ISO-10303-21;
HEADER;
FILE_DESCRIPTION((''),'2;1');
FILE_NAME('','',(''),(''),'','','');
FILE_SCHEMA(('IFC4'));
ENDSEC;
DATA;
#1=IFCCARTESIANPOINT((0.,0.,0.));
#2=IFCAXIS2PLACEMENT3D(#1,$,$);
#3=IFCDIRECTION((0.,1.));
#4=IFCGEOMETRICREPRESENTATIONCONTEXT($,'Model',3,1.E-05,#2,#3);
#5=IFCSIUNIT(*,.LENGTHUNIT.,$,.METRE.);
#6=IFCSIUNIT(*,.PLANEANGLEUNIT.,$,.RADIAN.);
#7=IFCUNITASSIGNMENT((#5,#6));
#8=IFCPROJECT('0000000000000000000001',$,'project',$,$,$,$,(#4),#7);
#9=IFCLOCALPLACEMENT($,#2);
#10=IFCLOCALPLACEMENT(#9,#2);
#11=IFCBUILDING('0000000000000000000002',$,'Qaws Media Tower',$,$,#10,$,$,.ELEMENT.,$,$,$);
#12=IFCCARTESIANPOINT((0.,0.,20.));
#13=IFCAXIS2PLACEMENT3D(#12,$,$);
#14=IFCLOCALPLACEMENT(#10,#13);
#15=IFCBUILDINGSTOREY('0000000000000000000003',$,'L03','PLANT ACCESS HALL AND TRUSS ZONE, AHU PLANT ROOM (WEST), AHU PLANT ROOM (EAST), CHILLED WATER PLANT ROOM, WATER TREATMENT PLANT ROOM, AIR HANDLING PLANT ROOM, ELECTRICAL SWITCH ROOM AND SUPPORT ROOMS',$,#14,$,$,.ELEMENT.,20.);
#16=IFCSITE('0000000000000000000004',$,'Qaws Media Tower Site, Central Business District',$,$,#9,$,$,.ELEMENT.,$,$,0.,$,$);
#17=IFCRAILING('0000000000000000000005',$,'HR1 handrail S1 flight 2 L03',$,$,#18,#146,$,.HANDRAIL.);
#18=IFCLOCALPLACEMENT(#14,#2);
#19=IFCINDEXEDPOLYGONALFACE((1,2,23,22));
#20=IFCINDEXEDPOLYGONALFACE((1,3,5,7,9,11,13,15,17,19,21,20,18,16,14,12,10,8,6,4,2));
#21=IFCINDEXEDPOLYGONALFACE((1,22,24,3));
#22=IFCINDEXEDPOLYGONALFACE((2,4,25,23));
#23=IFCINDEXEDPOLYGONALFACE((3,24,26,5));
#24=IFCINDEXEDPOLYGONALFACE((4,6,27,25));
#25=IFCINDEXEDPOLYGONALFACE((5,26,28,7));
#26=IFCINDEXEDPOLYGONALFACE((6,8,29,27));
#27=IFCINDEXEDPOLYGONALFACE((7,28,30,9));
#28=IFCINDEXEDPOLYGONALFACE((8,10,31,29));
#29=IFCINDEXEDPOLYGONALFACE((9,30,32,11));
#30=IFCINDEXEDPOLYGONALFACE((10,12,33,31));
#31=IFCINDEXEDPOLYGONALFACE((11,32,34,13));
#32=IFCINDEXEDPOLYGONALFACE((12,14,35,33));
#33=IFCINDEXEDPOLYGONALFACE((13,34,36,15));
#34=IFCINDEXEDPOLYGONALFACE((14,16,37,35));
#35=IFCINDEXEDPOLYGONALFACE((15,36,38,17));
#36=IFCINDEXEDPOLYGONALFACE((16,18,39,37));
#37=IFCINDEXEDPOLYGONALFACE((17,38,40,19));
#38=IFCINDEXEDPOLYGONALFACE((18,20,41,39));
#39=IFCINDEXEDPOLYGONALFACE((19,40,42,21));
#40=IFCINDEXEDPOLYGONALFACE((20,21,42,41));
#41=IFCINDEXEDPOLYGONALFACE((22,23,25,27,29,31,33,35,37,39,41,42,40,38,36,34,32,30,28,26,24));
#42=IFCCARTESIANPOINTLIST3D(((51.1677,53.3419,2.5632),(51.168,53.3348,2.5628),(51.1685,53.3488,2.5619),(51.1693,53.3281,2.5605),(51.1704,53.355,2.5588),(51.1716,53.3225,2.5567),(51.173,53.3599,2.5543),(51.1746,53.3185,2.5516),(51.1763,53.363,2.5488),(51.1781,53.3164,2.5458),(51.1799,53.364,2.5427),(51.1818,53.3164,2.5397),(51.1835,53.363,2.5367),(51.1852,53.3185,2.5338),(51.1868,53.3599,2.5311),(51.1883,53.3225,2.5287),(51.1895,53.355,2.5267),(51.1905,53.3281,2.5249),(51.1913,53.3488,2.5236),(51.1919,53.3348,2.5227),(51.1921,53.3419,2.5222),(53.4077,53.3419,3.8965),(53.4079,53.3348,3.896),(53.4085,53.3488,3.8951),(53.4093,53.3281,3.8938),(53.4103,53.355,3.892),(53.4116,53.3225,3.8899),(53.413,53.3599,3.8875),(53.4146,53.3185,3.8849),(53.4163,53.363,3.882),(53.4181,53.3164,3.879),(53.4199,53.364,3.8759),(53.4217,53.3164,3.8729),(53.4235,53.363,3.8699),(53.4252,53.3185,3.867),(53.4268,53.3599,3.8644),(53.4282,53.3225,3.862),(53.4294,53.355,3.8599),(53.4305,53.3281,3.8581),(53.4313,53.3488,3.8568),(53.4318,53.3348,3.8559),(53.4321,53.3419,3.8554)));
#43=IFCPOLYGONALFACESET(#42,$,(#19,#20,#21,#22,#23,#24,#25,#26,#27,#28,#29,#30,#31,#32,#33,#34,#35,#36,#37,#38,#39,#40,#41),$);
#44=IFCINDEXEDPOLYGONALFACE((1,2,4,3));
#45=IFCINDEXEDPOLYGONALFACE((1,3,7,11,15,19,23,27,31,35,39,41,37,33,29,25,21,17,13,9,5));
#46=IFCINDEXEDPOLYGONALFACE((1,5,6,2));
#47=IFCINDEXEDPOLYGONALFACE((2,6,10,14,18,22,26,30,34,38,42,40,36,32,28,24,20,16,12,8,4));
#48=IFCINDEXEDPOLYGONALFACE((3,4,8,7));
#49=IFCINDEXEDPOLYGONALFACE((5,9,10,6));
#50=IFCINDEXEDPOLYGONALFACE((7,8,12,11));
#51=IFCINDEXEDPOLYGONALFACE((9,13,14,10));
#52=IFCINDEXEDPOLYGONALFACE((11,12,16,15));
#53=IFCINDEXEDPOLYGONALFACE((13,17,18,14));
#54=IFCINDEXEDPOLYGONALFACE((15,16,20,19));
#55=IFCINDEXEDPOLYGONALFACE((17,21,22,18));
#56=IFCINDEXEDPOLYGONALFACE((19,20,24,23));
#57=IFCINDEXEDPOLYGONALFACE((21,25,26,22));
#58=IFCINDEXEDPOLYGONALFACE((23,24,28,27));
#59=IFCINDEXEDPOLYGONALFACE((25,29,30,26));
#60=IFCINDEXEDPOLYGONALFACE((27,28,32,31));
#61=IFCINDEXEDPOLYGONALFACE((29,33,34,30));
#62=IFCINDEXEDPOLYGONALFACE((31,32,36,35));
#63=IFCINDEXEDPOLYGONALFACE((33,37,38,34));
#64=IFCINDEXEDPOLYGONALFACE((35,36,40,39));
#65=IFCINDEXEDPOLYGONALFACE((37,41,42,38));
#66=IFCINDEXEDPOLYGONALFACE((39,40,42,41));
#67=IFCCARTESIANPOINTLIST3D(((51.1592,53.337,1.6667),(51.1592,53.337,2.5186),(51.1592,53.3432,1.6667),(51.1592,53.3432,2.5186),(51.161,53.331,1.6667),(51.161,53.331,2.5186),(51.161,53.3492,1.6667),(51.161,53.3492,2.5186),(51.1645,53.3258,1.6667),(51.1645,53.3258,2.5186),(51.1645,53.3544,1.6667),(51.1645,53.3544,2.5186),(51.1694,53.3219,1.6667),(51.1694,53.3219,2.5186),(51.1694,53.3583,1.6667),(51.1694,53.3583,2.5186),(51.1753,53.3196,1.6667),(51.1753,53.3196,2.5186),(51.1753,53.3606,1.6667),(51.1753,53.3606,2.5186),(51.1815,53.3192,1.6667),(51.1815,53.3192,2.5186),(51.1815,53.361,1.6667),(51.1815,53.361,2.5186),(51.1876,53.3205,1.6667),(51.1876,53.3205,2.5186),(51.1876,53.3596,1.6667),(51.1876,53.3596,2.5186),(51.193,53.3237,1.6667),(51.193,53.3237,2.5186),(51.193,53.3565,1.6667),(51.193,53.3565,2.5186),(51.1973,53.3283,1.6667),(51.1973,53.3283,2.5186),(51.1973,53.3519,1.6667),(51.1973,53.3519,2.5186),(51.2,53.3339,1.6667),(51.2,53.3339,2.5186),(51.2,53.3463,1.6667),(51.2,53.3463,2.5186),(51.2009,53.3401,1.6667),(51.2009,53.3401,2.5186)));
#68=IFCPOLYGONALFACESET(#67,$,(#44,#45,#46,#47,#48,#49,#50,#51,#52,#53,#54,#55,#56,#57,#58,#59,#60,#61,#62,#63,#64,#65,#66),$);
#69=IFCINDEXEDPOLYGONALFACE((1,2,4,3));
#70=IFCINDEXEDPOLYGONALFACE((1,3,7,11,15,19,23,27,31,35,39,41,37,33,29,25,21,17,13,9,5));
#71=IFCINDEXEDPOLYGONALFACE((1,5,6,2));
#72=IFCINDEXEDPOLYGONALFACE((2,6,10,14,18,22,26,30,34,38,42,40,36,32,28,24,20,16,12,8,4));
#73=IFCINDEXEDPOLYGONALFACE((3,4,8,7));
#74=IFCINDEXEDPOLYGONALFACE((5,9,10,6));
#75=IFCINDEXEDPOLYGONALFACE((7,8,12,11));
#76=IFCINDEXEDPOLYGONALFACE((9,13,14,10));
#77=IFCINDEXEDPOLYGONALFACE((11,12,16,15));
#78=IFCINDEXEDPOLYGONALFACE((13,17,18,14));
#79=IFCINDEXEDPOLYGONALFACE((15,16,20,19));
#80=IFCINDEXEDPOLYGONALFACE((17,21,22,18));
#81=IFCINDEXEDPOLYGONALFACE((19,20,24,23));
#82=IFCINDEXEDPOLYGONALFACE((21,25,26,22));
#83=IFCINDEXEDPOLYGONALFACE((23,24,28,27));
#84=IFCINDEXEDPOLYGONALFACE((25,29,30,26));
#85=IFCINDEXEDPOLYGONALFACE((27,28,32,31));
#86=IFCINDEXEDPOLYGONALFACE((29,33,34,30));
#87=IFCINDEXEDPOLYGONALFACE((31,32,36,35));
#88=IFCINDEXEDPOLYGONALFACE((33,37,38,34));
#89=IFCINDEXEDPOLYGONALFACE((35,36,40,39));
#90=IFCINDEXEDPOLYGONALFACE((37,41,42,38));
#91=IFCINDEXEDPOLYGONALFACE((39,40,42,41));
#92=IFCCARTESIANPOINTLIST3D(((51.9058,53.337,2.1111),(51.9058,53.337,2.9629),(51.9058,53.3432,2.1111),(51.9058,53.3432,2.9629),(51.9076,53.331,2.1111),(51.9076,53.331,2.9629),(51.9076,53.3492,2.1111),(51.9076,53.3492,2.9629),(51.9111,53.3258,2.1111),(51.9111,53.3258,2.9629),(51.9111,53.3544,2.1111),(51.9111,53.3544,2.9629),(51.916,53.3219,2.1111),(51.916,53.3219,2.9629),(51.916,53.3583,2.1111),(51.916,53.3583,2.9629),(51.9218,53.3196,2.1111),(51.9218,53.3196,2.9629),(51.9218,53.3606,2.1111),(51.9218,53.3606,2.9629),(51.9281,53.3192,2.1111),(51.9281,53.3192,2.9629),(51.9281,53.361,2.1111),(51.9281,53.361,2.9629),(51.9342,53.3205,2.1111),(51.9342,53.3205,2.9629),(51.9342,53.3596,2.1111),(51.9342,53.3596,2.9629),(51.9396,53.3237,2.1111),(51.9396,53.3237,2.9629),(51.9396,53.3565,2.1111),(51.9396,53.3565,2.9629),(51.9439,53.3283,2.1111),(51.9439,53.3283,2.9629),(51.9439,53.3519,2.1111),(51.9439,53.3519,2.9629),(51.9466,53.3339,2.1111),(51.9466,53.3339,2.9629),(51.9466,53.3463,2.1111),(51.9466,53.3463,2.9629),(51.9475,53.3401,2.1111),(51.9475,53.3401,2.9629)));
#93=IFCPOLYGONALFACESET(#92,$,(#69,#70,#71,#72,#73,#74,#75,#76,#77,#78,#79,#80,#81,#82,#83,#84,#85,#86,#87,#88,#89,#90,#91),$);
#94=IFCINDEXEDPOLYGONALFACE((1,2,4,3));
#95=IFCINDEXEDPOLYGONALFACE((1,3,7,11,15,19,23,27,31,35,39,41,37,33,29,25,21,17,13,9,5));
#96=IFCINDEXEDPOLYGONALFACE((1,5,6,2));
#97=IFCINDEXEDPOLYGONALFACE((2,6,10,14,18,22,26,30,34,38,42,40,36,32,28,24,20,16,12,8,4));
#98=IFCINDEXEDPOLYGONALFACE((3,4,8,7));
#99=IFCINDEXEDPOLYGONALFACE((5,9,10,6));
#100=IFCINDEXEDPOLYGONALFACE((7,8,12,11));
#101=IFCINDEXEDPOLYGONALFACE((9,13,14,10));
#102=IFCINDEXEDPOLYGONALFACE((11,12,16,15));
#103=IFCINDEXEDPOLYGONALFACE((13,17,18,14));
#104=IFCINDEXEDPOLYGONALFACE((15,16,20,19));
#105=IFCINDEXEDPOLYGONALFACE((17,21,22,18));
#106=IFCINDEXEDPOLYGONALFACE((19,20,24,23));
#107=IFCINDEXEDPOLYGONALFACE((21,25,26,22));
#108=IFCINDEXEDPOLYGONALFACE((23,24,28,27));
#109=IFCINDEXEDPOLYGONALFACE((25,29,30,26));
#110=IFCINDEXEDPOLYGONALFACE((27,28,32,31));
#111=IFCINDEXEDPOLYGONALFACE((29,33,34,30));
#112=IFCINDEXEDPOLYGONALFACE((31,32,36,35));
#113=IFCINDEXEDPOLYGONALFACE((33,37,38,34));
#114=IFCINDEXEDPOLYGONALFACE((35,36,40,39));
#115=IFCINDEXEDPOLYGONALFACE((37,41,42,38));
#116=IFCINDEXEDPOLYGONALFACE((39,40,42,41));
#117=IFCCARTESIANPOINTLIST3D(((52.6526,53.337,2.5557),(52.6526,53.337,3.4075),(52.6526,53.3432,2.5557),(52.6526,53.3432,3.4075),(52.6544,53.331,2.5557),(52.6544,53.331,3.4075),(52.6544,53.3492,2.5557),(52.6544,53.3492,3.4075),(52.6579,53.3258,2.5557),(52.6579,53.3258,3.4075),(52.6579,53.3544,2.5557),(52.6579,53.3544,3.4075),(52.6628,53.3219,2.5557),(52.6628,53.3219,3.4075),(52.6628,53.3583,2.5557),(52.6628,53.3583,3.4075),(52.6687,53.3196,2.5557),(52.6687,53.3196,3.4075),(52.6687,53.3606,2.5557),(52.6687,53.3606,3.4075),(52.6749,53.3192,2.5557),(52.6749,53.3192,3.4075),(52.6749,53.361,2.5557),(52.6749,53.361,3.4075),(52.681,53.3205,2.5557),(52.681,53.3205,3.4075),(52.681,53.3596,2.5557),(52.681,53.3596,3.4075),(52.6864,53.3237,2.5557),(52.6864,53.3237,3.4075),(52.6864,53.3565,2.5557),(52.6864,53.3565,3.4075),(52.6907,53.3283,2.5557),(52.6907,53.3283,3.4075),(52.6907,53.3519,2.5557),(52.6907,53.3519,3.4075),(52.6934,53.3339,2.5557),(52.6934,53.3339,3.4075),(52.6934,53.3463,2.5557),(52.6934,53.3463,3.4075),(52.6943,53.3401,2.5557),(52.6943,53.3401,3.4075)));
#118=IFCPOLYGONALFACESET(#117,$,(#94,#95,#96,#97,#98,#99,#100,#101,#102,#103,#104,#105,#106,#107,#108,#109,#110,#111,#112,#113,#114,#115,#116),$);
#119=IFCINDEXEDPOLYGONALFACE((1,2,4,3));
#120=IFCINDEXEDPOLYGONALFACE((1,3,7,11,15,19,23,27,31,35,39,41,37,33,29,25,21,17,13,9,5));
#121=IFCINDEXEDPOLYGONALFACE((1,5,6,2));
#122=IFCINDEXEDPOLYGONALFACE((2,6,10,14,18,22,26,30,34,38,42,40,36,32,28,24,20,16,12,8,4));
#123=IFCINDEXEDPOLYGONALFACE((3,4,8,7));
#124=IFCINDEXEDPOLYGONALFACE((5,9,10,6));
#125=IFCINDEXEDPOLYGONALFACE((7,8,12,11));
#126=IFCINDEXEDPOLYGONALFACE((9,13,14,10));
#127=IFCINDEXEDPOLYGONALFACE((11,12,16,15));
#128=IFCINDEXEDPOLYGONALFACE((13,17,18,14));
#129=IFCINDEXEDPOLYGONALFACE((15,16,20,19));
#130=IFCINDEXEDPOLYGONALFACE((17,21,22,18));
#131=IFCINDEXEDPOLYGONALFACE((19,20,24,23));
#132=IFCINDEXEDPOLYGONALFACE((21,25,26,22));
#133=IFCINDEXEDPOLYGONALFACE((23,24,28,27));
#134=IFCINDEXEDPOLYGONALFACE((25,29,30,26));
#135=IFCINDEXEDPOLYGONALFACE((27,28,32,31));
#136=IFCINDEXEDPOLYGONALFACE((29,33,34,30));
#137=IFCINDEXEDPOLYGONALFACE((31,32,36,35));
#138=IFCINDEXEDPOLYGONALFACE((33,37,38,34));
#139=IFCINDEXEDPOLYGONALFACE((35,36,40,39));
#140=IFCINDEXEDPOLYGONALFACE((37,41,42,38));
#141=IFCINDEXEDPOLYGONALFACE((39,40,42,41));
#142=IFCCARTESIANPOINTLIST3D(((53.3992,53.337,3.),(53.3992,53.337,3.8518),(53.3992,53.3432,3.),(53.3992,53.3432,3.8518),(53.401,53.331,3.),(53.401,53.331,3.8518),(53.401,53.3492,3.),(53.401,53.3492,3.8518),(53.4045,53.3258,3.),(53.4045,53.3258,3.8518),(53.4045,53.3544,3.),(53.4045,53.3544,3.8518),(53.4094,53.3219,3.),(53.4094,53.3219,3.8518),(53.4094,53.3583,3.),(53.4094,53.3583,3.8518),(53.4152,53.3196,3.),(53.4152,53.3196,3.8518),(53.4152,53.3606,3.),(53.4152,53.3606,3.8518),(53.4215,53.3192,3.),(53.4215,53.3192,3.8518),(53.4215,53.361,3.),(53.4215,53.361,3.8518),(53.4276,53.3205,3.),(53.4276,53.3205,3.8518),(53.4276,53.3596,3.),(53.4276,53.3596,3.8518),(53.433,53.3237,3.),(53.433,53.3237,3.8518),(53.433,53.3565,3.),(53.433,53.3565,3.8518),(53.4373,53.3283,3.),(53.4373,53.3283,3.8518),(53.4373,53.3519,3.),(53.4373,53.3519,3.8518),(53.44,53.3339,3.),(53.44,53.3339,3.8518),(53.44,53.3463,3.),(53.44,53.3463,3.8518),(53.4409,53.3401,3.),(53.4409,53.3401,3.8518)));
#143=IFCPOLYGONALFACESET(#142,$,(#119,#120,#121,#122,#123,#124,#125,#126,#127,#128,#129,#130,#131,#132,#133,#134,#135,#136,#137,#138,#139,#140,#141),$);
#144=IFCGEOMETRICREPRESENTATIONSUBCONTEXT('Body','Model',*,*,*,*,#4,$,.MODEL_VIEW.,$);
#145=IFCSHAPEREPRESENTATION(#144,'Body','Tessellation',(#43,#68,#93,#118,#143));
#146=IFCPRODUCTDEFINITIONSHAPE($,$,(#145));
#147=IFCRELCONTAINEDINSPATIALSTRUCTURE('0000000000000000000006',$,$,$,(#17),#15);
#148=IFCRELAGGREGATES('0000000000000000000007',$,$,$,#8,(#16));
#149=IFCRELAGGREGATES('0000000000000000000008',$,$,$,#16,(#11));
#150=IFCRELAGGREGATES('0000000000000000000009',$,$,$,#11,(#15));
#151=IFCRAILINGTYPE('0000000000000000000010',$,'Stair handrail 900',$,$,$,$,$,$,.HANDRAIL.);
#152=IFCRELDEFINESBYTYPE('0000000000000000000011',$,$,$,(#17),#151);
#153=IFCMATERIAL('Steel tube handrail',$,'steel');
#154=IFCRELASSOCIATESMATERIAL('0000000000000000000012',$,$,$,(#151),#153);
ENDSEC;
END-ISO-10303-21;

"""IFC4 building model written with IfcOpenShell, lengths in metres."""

from ifc_helpers import new_model, si_unit, direction, frame, origin, origin_2d, place, context, subcontext, project, spatial, circle, extrude, material, type_object, element, save


model = new_model("IFC4")

# Units and contexts
model_context = context("Model", 3, precision=1e-05, world=origin(), true_north=direction((0.0, 1.0)))
body_context = subcontext(model_context, "Body", "Model", "MODEL_VIEW")
ifc_project = project(units=[si_unit("LENGTHUNIT", "METRE"), si_unit("PLANEANGLEUNIT", "RADIAN")], contexts=[model_context])

# Site, building, storey
site_placement = place(None, origin())
site = spatial("IfcSite", under=ifc_project, at=site_placement, Name="Qaws Media Tower Site, Central Business District", CompositionType="ELEMENT", RefElevation=0.0)
building_placement = place(site_placement, origin())
building = spatial("IfcBuilding", under=site, at=building_placement, Name="Qaws Media Tower", CompositionType="ELEMENT")
storey_placement = place(building_placement, frame((0.0, 0.0, 20.0)))
storey = spatial("IfcBuildingStorey", under=building, at=storey_placement, Name="L03", Description="PLANT ACCESS HALL AND TRUSS ZONE, AHU PLANT ROOM (WEST), AHU PLANT ROOM (EAST), CHILLED WATER PLANT ROOM, WATER TREATMENT PLANT ROOM, AIR HANDLING PLANT ROOM, ELECTRICAL SWITCH ROOM AND SUPPORT ROOMS", CompositionType="ELEMENT", Elevation=20.0)

# Railing
ifc_material_1 = material(Name="Steel tube handrail", Category="steel")
railing_type = type_object("IfcRailingType", Name="Stair handrail 900", PredefinedType="HANDRAIL", material=ifc_material_1)
for number, where, name in (
    (1, (51.1799, 53.3401, 1.6667), "HR1 handrail S1 flight 2 L03"),
):
    element("IfcRailing", number, at=place(storey_placement, frame(where)), inside=storey, type_object=railing_type, Name=name, PredefinedType="HANDRAIL", context=body_context, shape_type="SweptSolid", body=[
        extrude(circle(Radius=0.0239, at=origin_2d()), frame((0.0, 0.0, 0.876), z_axis=(0.859306, 0.0, 0.511462), x_axis=(0.0, 1.0, 0.0)), (0.0, 0.0, 1.0), 2.6067),
        extrude(circle(Radius=0.021, at=origin_2d()), origin(), (0.0, 0.0, 1.0), 0.8518),
        extrude(circle(Radius=0.021, at=origin_2d()), frame((0.7466, 0.0, 0.4443)), (0.0, 0.0, 1.0), 0.8518),
        extrude(circle(Radius=0.021, at=origin_2d()), frame((1.4934, 0.0, 0.8889)), (0.0, 0.0, 1.0), 0.8518),
        extrude(circle(Radius=0.021, at=origin_2d()), frame((2.24, 0.0, 1.3333)), (0.0, 0.0, 1.0), 0.8518),
    ])

save(model, "model.ifc")
